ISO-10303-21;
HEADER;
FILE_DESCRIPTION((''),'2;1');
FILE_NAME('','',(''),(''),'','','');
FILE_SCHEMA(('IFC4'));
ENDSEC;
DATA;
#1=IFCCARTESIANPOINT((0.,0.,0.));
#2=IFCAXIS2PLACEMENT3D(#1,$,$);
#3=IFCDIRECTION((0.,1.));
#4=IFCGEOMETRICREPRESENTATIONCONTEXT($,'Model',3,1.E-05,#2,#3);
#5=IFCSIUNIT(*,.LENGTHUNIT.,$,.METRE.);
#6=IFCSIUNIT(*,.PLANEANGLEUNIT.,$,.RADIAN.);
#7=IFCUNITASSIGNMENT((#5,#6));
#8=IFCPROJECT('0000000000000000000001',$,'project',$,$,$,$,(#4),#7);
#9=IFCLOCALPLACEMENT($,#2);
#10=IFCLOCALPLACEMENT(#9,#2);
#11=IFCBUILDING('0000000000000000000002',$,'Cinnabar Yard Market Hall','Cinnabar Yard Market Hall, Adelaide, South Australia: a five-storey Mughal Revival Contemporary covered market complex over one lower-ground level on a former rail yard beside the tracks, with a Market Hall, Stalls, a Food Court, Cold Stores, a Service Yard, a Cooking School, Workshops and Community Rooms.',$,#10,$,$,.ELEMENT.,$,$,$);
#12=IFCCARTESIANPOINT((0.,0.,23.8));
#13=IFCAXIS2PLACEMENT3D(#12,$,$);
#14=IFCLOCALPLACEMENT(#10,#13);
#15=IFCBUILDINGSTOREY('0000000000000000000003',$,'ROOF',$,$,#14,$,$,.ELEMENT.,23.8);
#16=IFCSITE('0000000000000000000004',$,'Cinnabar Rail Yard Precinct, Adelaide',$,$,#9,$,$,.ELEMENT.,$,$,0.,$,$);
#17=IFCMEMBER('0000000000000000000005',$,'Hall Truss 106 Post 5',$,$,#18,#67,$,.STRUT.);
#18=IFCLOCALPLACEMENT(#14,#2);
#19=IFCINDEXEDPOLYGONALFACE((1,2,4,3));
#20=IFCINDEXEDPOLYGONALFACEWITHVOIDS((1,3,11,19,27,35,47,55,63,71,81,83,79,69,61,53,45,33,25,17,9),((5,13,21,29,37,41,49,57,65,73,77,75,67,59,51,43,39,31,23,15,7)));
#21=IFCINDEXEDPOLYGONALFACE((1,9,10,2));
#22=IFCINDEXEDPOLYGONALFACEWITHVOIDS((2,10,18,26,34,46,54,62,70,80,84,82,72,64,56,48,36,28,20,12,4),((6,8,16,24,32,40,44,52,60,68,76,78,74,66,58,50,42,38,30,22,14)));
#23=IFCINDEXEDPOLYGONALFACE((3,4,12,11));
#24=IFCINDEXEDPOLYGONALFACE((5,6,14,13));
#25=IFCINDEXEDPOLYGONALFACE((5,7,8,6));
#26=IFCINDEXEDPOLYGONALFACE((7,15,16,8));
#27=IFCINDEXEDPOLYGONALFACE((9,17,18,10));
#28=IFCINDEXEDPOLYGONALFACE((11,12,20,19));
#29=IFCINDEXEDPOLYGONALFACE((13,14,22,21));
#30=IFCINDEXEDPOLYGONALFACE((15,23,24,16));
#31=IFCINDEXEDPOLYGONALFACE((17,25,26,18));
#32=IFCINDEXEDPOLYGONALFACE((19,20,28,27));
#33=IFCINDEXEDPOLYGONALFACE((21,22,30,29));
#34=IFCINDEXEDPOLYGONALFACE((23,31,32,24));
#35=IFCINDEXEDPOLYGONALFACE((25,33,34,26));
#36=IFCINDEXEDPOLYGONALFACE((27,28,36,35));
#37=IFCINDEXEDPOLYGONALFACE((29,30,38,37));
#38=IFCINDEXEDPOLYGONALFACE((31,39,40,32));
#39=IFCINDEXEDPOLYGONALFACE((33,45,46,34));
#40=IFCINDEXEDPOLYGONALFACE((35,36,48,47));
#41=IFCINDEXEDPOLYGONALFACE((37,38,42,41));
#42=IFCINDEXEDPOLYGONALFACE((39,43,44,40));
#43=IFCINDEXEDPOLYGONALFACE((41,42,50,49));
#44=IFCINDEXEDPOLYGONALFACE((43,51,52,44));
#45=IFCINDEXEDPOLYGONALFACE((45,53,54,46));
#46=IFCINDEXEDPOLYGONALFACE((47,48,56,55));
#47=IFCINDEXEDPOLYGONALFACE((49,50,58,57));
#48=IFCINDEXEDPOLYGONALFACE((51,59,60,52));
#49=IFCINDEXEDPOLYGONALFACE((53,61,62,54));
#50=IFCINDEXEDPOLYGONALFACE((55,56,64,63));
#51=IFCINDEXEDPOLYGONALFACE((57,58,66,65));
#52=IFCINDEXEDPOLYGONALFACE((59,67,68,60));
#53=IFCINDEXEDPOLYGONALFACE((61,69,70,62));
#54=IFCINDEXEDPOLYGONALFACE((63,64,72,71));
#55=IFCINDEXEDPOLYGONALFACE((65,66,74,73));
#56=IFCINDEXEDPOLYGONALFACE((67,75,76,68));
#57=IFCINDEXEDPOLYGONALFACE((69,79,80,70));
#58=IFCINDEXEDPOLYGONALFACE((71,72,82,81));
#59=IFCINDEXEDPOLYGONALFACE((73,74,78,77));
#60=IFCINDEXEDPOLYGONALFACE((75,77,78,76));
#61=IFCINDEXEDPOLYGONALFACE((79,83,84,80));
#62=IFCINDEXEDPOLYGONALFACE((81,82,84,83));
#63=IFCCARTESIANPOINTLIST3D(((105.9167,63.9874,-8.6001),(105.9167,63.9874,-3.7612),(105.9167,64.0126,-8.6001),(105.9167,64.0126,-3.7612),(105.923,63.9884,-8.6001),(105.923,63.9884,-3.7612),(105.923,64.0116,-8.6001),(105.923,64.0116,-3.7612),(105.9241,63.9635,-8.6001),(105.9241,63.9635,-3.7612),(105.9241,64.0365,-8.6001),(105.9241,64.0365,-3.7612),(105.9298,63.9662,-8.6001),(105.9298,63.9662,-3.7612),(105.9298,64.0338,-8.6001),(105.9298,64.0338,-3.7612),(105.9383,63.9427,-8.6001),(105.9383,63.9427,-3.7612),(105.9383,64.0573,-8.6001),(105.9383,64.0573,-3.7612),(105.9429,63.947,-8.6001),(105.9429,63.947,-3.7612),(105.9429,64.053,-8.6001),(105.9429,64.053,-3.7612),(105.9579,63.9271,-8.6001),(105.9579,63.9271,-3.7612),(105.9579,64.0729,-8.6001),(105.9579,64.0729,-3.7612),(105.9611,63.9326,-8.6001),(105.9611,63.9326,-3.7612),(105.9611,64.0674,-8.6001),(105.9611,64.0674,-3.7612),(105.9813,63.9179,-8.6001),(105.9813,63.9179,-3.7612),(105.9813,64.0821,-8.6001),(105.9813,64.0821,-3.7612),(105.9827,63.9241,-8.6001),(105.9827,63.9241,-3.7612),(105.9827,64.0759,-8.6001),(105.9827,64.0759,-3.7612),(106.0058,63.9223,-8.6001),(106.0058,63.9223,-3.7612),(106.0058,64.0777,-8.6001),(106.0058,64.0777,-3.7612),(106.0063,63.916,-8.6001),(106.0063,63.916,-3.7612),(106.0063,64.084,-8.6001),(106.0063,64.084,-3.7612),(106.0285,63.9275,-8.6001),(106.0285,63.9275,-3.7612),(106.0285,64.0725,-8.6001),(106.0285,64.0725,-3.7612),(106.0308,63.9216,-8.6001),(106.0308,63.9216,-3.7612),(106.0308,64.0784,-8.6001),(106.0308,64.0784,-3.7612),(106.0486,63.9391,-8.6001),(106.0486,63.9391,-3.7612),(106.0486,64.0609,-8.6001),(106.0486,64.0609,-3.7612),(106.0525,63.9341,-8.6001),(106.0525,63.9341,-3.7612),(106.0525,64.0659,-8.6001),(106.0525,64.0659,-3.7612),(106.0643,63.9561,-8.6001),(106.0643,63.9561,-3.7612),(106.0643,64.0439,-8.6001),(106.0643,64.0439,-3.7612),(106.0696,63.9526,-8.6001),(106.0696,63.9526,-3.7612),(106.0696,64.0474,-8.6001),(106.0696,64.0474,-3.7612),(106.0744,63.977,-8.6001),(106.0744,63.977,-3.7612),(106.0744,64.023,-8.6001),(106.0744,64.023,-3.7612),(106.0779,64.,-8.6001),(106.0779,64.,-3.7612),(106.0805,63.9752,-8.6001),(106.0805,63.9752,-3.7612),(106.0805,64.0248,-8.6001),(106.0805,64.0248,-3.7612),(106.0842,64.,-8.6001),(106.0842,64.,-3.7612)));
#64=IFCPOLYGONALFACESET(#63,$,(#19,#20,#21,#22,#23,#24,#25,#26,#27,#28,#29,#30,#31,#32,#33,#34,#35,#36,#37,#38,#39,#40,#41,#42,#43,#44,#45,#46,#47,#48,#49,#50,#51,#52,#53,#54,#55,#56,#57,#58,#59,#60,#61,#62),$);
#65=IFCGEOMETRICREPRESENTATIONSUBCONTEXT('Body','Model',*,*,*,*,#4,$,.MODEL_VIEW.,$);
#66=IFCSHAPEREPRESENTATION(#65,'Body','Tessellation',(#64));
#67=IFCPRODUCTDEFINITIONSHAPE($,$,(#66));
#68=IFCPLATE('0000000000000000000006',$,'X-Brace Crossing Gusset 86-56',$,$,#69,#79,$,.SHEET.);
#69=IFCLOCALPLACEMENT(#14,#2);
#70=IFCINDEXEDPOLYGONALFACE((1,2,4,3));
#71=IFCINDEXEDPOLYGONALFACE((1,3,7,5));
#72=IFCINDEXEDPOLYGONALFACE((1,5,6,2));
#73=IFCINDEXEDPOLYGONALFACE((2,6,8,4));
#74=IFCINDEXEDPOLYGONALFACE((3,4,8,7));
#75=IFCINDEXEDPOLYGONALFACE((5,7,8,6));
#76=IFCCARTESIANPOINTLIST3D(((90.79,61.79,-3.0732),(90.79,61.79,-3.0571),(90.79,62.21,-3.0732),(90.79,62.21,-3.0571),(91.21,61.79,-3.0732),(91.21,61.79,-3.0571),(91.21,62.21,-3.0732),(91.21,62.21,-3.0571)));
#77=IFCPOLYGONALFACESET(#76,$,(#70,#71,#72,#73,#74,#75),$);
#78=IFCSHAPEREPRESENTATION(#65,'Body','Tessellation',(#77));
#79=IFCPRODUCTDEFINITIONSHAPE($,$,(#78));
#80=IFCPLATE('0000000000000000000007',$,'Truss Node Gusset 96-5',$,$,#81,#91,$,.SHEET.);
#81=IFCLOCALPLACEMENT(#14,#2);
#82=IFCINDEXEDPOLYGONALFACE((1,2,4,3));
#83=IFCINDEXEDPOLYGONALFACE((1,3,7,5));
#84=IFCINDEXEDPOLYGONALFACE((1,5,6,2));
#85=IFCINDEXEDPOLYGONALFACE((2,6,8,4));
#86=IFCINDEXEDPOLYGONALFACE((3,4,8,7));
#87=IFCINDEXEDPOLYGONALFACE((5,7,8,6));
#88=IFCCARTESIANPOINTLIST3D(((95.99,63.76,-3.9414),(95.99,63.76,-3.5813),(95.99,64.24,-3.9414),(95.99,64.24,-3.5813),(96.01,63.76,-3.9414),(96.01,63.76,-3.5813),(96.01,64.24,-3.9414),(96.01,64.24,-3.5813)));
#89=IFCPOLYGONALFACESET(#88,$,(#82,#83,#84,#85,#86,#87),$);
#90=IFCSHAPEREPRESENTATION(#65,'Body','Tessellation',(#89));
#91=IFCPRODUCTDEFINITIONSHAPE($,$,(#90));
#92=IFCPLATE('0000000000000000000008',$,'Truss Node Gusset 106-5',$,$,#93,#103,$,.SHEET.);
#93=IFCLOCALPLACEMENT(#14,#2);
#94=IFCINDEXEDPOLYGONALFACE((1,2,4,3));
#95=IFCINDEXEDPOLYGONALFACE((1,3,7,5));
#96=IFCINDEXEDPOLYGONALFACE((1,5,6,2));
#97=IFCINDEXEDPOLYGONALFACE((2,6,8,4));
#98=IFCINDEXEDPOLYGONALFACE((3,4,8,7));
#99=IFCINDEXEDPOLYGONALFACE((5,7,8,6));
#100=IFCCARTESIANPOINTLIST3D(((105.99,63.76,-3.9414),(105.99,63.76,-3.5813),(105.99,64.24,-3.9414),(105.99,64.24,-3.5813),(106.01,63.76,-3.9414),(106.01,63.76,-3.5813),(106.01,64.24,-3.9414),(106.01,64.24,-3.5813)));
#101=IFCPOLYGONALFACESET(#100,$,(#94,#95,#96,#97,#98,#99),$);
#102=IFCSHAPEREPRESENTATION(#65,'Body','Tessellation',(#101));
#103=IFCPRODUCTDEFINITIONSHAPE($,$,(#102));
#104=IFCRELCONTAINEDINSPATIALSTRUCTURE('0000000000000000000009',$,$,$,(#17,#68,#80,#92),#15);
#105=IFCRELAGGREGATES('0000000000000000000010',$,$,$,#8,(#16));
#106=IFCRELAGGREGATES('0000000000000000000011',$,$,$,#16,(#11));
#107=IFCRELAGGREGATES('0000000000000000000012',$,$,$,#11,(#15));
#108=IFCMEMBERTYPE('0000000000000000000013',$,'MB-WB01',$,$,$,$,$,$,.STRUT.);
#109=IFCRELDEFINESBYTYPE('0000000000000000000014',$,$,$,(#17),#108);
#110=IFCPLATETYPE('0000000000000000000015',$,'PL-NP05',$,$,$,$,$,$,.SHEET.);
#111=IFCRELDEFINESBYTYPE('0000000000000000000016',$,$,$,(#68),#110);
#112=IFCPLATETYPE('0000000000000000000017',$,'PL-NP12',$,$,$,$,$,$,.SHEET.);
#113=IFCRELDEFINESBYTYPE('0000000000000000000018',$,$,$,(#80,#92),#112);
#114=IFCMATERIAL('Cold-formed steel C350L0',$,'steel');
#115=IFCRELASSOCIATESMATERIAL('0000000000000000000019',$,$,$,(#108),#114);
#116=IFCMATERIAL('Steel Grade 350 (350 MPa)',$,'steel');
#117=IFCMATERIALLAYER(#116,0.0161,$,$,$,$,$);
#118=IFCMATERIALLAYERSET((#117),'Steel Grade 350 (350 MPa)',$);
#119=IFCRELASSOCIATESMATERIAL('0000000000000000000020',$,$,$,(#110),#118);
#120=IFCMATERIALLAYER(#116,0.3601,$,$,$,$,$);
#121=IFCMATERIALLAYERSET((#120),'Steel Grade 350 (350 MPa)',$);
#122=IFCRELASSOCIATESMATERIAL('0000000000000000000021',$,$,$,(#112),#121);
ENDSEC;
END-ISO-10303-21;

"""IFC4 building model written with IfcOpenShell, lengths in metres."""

from ifc_helpers import new_model, si_unit, direction, frame, origin, origin_2d_with_axis, place, context, subcontext, project, spatial, rectangle, hollow_circle, extrude, material, layer, layer_set, material_profile, profile_set, type_object, element, save


model = new_model("IFC4")

# Units and contexts
model_context = context("Model", 3, precision=1e-05, world=origin(), true_north=direction((0.0, 1.0)))
body_context = subcontext(model_context, "Body", "Model", "MODEL_VIEW")
ifc_project = project(units=[si_unit("LENGTHUNIT", "METRE"), si_unit("PLANEANGLEUNIT", "RADIAN")], contexts=[model_context])

# Site, building, storey
site_placement = place(None, origin())
site = spatial("IfcSite", under=ifc_project, at=site_placement, Name="Cinnabar Rail Yard Precinct, Adelaide", CompositionType="ELEMENT", RefElevation=0.0)
building_placement = place(site_placement, origin())
building = spatial("IfcBuilding", under=site, at=building_placement, Name="Cinnabar Yard Market Hall", Description="Cinnabar Yard Market Hall, Adelaide, South Australia: a five-storey Mughal Revival Contemporary covered market complex over one lower-ground level on a former rail yard beside the tracks, with a Market Hall, Stalls, a Food Court, Cold Stores, a Service Yard, a Cooking School, Workshops and Community Rooms.", CompositionType="ELEMENT")
storey_placement = place(building_placement, frame((0.0, 0.0, 23.8)))
storey = spatial("IfcBuildingStorey", under=building, at=storey_placement, Name="ROOF", CompositionType="ELEMENT", Elevation=23.8)

# Shared definitions
ifc_material_1 = material(Name="Steel Grade 350 (350 MPa)", Category="steel")

# Member
ifc_material_2 = material(Name="Cold-formed steel C350L0", Category="steel")
ifc_material_profile_1 = material_profile(ifc_material_2, hollow_circle(Radius=0.0842, WallThickness=0.0063, at=origin_2d_with_axis()), Name="168.3x6.4CHS")
ifc_profile_set_1 = profile_set([ifc_material_profile_1], Name="Cold-formed steel C350L0")
member_type_1 = type_object("IfcMemberType", Name="MB-WB01", PredefinedType="STRUT", material=ifc_profile_set_1)
for number, where, z_axis, x_axis, name in (
    (1, (106.0, 64.0, -8.6001), (0.0, 0.0, 1.0), (1.0, 0.0, 0.0), "Hall Truss 106 Post 5"),
):
    element("IfcMember", number, at=place(storey_placement, frame(where, z_axis=z_axis, x_axis=x_axis)), inside=storey, type_object=member_type_1, Name=name, PredefinedType="STRUT", context=body_context, shape_type="SweptSolid", body=[
        extrude(hollow_circle(Radius=0.0842, WallThickness=0.0063, at=origin_2d_with_axis()), origin(), (0.0, 0.0, 1.0), 4.8389),
    ])

# Plates
ifc_layer_1 = layer(ifc_material_1, 0.0161)
ifc_layer_set_1 = layer_set([ifc_layer_1], Name="Steel Grade 350 (350 MPa)")
plate_type_1 = type_object("IfcPlateType", Name="PL-NP05", PredefinedType="SHEET", material=ifc_layer_set_1)
plate_placement = place(storey_placement, frame((91.0, 62.0, -3.0732), z_axis=(0.0, 0.0, 1.0), x_axis=(1.0, 0.0, 0.0)))
element("IfcPlate", 2, at=plate_placement, inside=storey, type_object=plate_type_1, Name="X-Brace Crossing Gusset 86-56", PredefinedType="SHEET", context=body_context, shape_type="SweptSolid", body=[
    extrude(rectangle(XDim=0.4199, YDim=0.4199, at=origin_2d_with_axis()), origin(), (0.0, 0.0, 1.0), 0.0161),
])
ifc_layer_2 = layer(ifc_material_1, 0.3601)
ifc_layer_set_2 = layer_set([ifc_layer_2], Name="Steel Grade 350 (350 MPa)")
plate_type_2 = type_object("IfcPlateType", Name="PL-NP12", PredefinedType="SHEET", material=ifc_layer_set_2)
for number, where, z_axis, x_axis, name in (
    (3, (96.0, 64.0, -3.9414), (0.0, 0.0, 1.0), (1.0, 0.0, 0.0), "Truss Node Gusset 96-5"),
    (4, (106.0, 64.0, -3.9414), (0.0, 0.0, 1.0), (1.0, 0.0, 0.0), "Truss Node Gusset 106-5"),
):
    element("IfcPlate", number, at=place(storey_placement, frame(where, z_axis=z_axis, x_axis=x_axis)), inside=storey, type_object=plate_type_2, Name=name, PredefinedType="SHEET", context=body_context, shape_type="SweptSolid", body=[
        extrude(rectangle(XDim=0.02, YDim=0.48, at=origin_2d_with_axis()), origin(), (0.0, 0.0, 1.0), 0.3601),
    ])

save(model, "model.ifc")
